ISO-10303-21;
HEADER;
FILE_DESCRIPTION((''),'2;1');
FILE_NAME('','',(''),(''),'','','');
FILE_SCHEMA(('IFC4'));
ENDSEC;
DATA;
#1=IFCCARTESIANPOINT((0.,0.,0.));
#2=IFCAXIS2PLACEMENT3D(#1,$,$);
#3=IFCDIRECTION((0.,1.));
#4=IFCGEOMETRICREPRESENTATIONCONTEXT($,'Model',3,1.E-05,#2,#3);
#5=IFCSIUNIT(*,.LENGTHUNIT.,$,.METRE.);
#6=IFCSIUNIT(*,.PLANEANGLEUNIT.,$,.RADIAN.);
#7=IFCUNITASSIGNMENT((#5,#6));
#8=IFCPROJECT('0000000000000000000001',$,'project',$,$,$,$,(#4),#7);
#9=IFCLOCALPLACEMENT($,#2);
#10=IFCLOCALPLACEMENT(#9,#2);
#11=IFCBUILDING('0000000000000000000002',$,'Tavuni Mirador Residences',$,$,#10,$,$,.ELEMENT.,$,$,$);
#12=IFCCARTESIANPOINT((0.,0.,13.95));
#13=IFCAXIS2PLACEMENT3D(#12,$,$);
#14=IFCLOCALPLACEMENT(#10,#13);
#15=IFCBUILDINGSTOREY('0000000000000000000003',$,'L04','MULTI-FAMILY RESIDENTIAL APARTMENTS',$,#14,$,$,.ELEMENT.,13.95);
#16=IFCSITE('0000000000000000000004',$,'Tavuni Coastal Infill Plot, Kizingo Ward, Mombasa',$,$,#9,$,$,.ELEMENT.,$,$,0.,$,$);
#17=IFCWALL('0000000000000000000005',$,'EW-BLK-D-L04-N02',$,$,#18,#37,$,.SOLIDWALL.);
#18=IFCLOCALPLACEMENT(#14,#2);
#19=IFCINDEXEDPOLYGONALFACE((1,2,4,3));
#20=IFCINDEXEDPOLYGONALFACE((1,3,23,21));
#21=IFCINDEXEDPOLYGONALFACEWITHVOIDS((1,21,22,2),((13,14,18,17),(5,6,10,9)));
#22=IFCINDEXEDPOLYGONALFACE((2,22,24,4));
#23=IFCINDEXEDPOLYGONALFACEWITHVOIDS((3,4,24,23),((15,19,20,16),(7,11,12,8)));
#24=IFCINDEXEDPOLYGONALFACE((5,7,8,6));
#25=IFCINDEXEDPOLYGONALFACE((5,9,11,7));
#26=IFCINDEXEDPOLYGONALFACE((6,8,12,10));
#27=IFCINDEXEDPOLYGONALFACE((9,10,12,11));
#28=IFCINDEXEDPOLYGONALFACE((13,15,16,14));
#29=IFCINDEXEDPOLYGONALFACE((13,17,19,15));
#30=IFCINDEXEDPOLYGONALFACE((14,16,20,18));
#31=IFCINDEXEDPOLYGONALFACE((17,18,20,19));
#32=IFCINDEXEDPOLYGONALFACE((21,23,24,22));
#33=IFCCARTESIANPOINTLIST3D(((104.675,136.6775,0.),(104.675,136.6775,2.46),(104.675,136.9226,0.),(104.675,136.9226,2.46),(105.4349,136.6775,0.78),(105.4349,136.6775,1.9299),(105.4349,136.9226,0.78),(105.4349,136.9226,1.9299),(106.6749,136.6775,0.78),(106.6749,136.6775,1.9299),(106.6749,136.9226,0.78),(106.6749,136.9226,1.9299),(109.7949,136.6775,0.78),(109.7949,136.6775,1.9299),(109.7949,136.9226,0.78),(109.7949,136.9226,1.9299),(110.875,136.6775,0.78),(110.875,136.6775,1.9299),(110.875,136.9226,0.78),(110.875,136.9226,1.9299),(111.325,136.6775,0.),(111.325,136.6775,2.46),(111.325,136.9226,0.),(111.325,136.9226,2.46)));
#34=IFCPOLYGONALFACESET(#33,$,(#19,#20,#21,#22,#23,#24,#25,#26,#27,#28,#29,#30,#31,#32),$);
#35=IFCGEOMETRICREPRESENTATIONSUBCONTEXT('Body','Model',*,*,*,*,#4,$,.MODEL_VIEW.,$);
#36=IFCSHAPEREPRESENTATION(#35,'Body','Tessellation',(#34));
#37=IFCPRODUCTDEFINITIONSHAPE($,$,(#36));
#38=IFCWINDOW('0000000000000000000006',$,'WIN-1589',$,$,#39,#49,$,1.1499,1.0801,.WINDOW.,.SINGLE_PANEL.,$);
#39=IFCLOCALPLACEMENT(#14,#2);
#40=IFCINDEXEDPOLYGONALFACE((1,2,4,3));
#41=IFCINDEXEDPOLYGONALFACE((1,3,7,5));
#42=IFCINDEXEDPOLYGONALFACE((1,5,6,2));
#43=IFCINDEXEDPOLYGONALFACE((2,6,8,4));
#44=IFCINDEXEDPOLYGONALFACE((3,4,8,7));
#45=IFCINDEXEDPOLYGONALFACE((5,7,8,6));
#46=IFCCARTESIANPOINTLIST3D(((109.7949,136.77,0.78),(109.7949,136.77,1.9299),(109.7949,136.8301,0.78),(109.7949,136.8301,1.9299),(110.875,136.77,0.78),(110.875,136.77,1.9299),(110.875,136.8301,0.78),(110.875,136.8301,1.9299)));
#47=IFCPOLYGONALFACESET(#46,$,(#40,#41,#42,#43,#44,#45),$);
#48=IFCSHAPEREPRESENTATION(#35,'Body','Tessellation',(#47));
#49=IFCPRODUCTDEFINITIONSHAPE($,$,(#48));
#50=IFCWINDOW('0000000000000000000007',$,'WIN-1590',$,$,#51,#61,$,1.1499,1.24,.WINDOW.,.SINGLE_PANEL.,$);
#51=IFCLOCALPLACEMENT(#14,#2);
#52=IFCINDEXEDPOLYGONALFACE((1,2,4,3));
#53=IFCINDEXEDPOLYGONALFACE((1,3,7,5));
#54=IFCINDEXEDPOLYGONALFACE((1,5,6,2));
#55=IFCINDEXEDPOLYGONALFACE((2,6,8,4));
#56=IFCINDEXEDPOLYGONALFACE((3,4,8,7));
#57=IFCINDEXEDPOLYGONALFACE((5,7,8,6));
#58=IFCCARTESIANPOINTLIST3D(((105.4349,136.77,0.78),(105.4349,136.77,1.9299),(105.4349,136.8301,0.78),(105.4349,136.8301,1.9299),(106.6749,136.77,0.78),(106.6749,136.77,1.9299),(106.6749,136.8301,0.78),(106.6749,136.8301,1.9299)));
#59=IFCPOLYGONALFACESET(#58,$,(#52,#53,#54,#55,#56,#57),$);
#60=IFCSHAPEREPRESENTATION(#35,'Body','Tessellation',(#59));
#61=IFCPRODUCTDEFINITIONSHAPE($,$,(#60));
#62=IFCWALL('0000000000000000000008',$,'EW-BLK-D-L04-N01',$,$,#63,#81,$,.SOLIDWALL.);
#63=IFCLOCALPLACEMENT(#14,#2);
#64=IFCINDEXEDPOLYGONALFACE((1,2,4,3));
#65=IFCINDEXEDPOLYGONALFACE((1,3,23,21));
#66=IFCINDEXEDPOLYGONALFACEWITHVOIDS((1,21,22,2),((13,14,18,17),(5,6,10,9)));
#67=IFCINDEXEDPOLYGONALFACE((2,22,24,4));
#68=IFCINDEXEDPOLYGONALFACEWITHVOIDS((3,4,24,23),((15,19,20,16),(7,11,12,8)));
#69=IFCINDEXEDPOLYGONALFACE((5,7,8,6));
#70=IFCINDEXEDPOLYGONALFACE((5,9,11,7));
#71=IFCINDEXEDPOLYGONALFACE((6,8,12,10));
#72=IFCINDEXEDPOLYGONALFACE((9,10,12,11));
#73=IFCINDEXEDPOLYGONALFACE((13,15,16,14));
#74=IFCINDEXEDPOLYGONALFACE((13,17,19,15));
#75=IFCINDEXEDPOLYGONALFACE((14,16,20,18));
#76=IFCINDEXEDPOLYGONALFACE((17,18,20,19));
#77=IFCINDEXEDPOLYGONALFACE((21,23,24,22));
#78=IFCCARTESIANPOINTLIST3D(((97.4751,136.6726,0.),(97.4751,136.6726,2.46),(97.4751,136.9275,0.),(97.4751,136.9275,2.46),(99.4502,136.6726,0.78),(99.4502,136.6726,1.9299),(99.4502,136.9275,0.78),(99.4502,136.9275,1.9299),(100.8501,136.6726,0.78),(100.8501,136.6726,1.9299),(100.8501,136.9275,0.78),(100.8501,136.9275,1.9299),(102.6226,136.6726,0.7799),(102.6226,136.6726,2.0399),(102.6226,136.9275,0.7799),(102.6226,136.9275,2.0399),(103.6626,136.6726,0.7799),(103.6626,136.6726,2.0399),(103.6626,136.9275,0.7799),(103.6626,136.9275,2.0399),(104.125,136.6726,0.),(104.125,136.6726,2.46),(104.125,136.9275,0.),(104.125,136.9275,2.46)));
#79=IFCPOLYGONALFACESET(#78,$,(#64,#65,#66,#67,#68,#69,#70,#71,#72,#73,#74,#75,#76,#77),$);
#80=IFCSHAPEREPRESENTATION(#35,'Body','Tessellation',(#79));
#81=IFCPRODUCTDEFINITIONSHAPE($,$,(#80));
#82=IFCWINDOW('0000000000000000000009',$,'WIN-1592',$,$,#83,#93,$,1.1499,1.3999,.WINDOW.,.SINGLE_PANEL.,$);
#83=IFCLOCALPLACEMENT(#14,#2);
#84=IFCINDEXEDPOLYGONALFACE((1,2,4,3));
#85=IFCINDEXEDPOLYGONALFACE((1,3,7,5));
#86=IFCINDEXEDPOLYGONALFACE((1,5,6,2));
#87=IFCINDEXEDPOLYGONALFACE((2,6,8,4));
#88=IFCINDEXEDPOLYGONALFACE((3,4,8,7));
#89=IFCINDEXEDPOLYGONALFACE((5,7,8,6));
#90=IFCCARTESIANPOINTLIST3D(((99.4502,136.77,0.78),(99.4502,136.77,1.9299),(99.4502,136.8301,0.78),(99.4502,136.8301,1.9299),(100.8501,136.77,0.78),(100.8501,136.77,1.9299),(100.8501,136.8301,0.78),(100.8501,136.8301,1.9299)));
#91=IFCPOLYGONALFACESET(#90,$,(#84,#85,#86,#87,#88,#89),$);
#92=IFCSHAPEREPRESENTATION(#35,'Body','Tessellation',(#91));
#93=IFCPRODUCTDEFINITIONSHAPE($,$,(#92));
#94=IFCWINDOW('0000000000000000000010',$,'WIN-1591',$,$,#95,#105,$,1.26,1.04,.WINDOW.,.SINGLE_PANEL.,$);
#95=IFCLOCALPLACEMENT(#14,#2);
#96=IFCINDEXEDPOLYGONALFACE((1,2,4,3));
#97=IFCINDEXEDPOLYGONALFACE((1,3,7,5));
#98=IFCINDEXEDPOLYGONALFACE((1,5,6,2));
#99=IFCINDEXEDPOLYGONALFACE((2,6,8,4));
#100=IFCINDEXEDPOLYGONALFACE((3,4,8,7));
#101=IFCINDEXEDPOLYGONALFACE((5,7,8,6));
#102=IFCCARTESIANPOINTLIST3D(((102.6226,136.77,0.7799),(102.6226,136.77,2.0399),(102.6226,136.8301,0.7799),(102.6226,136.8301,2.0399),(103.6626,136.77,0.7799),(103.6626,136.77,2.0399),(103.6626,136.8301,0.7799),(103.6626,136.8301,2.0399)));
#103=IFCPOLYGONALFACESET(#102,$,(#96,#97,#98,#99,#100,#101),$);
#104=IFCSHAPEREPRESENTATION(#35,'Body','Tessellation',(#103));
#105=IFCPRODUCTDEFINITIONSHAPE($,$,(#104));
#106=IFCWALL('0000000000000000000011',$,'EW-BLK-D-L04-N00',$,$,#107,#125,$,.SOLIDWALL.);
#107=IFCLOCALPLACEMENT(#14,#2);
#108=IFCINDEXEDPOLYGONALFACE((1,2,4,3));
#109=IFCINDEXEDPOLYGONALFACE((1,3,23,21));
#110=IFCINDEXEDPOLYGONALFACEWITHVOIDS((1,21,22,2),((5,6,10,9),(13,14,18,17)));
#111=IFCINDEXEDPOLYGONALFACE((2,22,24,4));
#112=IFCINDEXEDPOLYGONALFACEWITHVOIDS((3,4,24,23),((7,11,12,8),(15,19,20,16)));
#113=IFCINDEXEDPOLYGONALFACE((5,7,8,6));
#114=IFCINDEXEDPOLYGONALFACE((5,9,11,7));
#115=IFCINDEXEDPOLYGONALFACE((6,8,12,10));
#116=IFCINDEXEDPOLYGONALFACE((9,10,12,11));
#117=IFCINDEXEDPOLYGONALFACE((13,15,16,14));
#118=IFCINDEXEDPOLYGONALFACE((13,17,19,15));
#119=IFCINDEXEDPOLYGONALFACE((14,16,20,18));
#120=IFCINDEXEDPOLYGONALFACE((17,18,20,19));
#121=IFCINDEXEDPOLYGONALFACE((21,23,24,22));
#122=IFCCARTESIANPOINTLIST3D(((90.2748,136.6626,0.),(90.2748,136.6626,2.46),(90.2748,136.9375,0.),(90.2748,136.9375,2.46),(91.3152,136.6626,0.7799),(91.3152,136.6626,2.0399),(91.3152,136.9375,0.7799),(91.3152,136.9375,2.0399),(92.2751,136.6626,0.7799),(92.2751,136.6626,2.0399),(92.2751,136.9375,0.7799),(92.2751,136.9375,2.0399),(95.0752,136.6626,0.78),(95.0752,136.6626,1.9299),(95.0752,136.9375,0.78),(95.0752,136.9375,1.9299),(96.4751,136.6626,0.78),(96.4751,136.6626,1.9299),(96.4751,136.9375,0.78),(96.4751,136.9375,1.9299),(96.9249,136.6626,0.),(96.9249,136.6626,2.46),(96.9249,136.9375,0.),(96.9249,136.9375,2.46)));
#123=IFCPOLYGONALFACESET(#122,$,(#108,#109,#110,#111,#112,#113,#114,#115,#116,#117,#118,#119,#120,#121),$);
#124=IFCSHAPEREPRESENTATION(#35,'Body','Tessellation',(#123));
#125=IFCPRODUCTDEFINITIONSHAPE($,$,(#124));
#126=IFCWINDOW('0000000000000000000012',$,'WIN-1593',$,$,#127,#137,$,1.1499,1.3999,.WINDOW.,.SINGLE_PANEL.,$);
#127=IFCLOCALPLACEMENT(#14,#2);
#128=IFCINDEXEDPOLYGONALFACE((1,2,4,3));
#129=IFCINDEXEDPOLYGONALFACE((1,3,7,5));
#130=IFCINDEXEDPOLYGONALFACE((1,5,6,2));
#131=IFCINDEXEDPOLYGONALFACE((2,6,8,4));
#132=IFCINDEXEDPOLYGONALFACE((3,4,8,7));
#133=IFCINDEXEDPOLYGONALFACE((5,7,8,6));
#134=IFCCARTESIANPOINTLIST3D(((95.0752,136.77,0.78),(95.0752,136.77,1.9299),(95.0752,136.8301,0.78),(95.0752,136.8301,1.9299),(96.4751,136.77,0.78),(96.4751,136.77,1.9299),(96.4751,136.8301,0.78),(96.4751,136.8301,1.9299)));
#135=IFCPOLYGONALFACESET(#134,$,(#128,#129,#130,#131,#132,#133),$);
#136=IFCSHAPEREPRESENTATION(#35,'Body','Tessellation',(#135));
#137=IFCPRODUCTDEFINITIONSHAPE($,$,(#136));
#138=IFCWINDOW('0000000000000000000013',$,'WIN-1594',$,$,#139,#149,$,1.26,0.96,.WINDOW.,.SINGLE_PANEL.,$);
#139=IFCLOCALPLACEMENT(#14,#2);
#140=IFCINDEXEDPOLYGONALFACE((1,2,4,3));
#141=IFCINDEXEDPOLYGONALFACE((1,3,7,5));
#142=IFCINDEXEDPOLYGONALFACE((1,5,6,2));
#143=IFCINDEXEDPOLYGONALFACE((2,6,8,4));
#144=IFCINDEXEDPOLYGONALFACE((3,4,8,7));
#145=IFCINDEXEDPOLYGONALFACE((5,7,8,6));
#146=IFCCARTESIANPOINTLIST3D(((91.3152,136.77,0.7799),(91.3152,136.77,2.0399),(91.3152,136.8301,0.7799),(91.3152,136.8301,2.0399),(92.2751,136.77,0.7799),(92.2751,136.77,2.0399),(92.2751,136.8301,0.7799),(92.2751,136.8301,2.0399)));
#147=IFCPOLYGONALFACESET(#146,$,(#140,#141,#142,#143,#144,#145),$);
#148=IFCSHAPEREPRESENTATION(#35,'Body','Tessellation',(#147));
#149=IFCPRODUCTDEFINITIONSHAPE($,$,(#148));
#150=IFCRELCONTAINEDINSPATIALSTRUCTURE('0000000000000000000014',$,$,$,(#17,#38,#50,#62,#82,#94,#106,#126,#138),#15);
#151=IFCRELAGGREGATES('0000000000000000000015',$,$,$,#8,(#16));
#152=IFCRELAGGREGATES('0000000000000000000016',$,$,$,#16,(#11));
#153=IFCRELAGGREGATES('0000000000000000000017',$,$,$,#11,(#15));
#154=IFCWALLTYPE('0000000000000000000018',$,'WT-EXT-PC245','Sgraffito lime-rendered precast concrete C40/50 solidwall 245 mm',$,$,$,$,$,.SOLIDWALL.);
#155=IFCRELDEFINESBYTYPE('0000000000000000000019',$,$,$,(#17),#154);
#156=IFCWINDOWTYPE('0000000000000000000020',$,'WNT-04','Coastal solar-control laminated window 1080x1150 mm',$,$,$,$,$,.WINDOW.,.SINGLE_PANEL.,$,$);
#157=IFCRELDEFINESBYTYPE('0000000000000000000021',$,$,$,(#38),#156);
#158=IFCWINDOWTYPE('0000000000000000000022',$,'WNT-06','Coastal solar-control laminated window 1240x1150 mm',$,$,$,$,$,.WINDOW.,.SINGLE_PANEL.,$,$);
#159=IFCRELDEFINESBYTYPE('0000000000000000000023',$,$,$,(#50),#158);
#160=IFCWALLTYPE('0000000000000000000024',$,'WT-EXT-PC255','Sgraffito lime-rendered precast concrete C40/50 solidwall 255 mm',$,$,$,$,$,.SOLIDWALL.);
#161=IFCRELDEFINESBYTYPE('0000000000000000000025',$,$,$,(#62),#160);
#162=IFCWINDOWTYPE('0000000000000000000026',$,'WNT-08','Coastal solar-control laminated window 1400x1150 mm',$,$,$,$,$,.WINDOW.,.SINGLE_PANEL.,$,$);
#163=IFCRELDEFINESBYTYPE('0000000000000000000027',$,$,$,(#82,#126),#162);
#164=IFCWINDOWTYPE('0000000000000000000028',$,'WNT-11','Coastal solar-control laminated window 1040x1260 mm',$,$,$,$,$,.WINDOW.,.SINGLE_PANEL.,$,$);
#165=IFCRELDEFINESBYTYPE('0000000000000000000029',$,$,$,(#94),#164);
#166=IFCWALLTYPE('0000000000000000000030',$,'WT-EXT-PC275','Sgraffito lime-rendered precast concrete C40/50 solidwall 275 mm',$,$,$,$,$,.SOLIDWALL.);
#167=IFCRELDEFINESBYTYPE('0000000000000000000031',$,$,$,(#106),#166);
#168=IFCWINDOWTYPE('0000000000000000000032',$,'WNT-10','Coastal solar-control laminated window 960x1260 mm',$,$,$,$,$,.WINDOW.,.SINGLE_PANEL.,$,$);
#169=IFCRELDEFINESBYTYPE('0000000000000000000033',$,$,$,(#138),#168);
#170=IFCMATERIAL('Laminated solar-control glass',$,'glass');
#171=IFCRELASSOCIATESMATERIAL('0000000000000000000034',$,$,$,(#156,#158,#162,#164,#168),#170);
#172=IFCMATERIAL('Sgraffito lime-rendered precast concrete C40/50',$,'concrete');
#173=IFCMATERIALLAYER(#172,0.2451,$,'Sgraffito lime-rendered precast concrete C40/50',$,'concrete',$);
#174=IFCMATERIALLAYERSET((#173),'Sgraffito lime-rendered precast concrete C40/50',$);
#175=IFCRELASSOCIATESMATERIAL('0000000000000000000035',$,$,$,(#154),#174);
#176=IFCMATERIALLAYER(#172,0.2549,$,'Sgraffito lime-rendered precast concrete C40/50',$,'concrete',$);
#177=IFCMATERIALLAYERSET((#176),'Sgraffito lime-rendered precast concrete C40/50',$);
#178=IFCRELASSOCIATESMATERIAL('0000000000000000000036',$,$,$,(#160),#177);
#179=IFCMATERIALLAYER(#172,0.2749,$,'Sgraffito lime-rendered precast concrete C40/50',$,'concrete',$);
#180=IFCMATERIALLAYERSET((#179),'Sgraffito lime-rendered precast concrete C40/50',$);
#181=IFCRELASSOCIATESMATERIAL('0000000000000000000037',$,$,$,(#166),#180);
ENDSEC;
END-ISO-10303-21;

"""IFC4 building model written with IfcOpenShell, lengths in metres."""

from ifc_helpers import new_model, si_unit, direction, frame, frame_2d, origin, place, context, subcontext, project, spatial, rectangle, extrude, material, layer, layer_set, type_object, element, fill, save


model = new_model("IFC4")

# Units and contexts
model_context = context("Model", 3, precision=1e-05, world=origin(), true_north=direction((0.0, 1.0)))
body_context = subcontext(model_context, "Body", "Model", "MODEL_VIEW")
ifc_project = project(units=[si_unit("LENGTHUNIT", "METRE"), si_unit("PLANEANGLEUNIT", "RADIAN")], contexts=[model_context])

# Site, building, storey
site_placement = place(None, origin())
site = spatial("IfcSite", under=ifc_project, at=site_placement, Name="Tavuni Coastal Infill Plot, Kizingo Ward, Mombasa", CompositionType="ELEMENT", RefElevation=0.0)
building_placement = place(site_placement, origin())
building = spatial("IfcBuilding", under=site, at=building_placement, Name="Tavuni Mirador Residences", CompositionType="ELEMENT")
storey_placement = place(building_placement, frame((0.0, 0.0, 13.95)))
storey = spatial("IfcBuildingStorey", under=building, at=storey_placement, Name="L04", Description="MULTI-FAMILY RESIDENTIAL APARTMENTS", CompositionType="ELEMENT", Elevation=13.95)

# Walls, openings, windows
ifc_material_1 = material(Name="Laminated solar-control glass", Category="glass")
window_type_1 = type_object("IfcWindowType", Name="WNT-04", Description="Coastal solar-control laminated window 1080x1150 mm", PartitioningType="SINGLE_PANEL", PredefinedType="WINDOW", material=ifc_material_1)
ifc_material_2 = material(Name="Sgraffito lime-rendered precast concrete C40/50", Category="concrete")
ifc_layer_1 = layer(ifc_material_2, 0.2451, Name="Sgraffito lime-rendered precast concrete C40/50", Category="concrete")
ifc_layer_set_1 = layer_set([ifc_layer_1], Name="Sgraffito lime-rendered precast concrete C40/50")
wall_type_1 = type_object("IfcWallType", Name="WT-EXT-PC245", Description="Sgraffito lime-rendered precast concrete C40/50 solidwall 245 mm", PredefinedType="SOLIDWALL", material=ifc_layer_set_1)
wall_1_placement = place(storey_placement, frame((111.325, 136.8, 0.0), z_axis=(0.0, 0.0, 1.0), x_axis=(-1.0, 0.0, 0.0)))
wall_1 = element("IfcWall", 1, at=wall_1_placement, inside=storey, type_object=wall_type_1, Name="EW-BLK-D-L04-N02", PredefinedType="SOLIDWALL", context=body_context, shape_type="SweptSolid", body=[
    extrude(rectangle(XDim=6.6499, YDim=0.2451, at=frame_2d((3.325, 0.0))), origin(), (0.0, 0.0, 1.0), 2.46),
])
opening_1_placement = place(wall_1_placement, frame((0.45, 0.0, 0.78)))
opening_1 = element("IfcOpeningElement", 2, at=opening_1_placement, cuts=wall_1, PredefinedType="OPENING", context=body_context, shape_type="SweptSolid", body=[
    extrude(rectangle(XDim=1.0801, YDim=1.1499, at=frame_2d((0.54, 0.575))), frame((0.0, 0.1326, 0.0), z_axis=(0.0, -1.0, 0.0), x_axis=(1.0, 0.0, 0.0)), (0.0, 0.0, 1.0), 0.2651),
])
opening_2_placement = place(wall_1_placement, frame((4.6499, 0.0, 0.78)))
opening_2 = element("IfcOpeningElement", 3, at=opening_2_placement, cuts=wall_1, PredefinedType="OPENING", context=body_context, shape_type="SweptSolid", body=[
    extrude(rectangle(XDim=1.24, YDim=1.1499, at=frame_2d((0.6201, 0.575))), frame((0.0, 0.1326, 0.0), z_axis=(0.0, -1.0, 0.0), x_axis=(1.0, 0.0, 0.0)), (0.0, 0.0, 1.0), 0.2651),
])
window_1_placement = place(opening_1_placement, origin())
window_1 = element("IfcWindow", 4, at=window_1_placement, inside=storey, type_object=window_type_1, Name="WIN-1589", OverallHeight=1.1499, OverallWidth=1.0801, PartitioningType="SINGLE_PANEL", PredefinedType="WINDOW", context=body_context, shape_type="SweptSolid", body=[
    extrude(rectangle(XDim=1.0801, YDim=1.1499, at=frame_2d((0.54, 0.575))), frame((0.0, 0.03, 0.0), z_axis=(0.0, -1.0, 0.0), x_axis=(1.0, 0.0, 0.0)), (0.0, 0.0, 1.0), 0.0601),
])
fill(opening_1, window_1)
window_type_2 = type_object("IfcWindowType", Name="WNT-06", Description="Coastal solar-control laminated window 1240x1150 mm", PartitioningType="SINGLE_PANEL", PredefinedType="WINDOW", material=ifc_material_1)
window_2_placement = place(opening_2_placement, origin())
window_2 = element("IfcWindow", 5, at=window_2_placement, inside=storey, type_object=window_type_2, Name="WIN-1590", OverallHeight=1.1499, OverallWidth=1.24, PartitioningType="SINGLE_PANEL", PredefinedType="WINDOW", context=body_context, shape_type="SweptSolid", body=[
    extrude(rectangle(XDim=1.24, YDim=1.1499, at=frame_2d((0.6201, 0.575))), frame((0.0, 0.03, 0.0), z_axis=(0.0, -1.0, 0.0), x_axis=(1.0, 0.0, 0.0)), (0.0, 0.0, 1.0), 0.0601),
])
fill(opening_2, window_2)
ifc_layer_2 = layer(ifc_material_2, 0.2549, Name="Sgraffito lime-rendered precast concrete C40/50", Category="concrete")
ifc_layer_set_2 = layer_set([ifc_layer_2], Name="Sgraffito lime-rendered precast concrete C40/50")
wall_type_2 = type_object("IfcWallType", Name="WT-EXT-PC255", Description="Sgraffito lime-rendered precast concrete C40/50 solidwall 255 mm", PredefinedType="SOLIDWALL", material=ifc_layer_set_2)
wall_2_placement = place(storey_placement, frame((104.125, 136.8, 0.0), z_axis=(0.0, 0.0, 1.0), x_axis=(-1.0, 0.0, 0.0)))
wall_2 = element("IfcWall", 6, at=wall_2_placement, inside=storey, type_object=wall_type_2, Name="EW-BLK-D-L04-N01", PredefinedType="SOLIDWALL", context=body_context, shape_type="SweptSolid", body=[
    extrude(rectangle(XDim=6.6499, YDim=0.2549, at=frame_2d((3.325, 0.0))), origin(), (0.0, 0.0, 1.0), 2.46),
])
opening_3_placement = place(wall_2_placement, frame((0.4624, 0.0, 0.78)))
opening_3 = element("IfcOpeningElement", 7, at=opening_3_placement, cuts=wall_2, PredefinedType="OPENING", context=body_context, shape_type="SweptSolid", body=[
    extrude(rectangle(XDim=1.04, YDim=1.26, at=frame_2d((0.52, 0.6299))), frame((0.0, 0.1375, 0.0), z_axis=(0.0, -1.0, 0.0), x_axis=(1.0, 0.0, 0.0)), (0.0, 0.0, 1.0), 0.2749),
])
opening_4_placement = place(wall_2_placement, frame((3.2749, 0.0, 0.78)))
opening_4 = element("IfcOpeningElement", 8, at=opening_4_placement, cuts=wall_2, PredefinedType="OPENING", context=body_context, shape_type="SweptSolid", body=[
    extrude(rectangle(XDim=1.3999, YDim=1.1499, at=frame_2d((0.7, 0.575))), frame((0.0, 0.1375, 0.0), z_axis=(0.0, -1.0, 0.0), x_axis=(1.0, 0.0, 0.0)), (0.0, 0.0, 1.0), 0.2749),
])
window_type_3 = type_object("IfcWindowType", Name="WNT-08", Description="Coastal solar-control laminated window 1400x1150 mm", PartitioningType="SINGLE_PANEL", PredefinedType="WINDOW", material=ifc_material_1)
window_3_placement = place(opening_4_placement, origin())
window_3 = element("IfcWindow", 9, at=window_3_placement, inside=storey, type_object=window_type_3, Name="WIN-1592", OverallHeight=1.1499, OverallWidth=1.3999, PartitioningType="SINGLE_PANEL", PredefinedType="WINDOW", context=body_context, shape_type="SweptSolid", body=[
    extrude(rectangle(XDim=1.3999, YDim=1.1499, at=frame_2d((0.7, 0.575))), frame((0.0, 0.03, 0.0), z_axis=(0.0, -1.0, 0.0), x_axis=(1.0, 0.0, 0.0)), (0.0, 0.0, 1.0), 0.0601),
])
fill(opening_4, window_3)
window_type_4 = type_object("IfcWindowType", Name="WNT-11", Description="Coastal solar-control laminated window 1040x1260 mm", PartitioningType="SINGLE_PANEL", PredefinedType="WINDOW", material=ifc_material_1)
window_4_placement = place(opening_3_placement, origin())
window_4 = element("IfcWindow", 10, at=window_4_placement, inside=storey, type_object=window_type_4, Name="WIN-1591", OverallHeight=1.26, OverallWidth=1.04, PartitioningType="SINGLE_PANEL", PredefinedType="WINDOW", context=body_context, shape_type="SweptSolid", body=[
    extrude(rectangle(XDim=1.04, YDim=1.26, at=frame_2d((0.52, 0.6299))), frame((0.0, 0.03, 0.0), z_axis=(0.0, -1.0, 0.0), x_axis=(1.0, 0.0, 0.0)), (0.0, 0.0, 1.0), 0.0601),
])
fill(opening_3, window_4)
ifc_layer_3 = layer(ifc_material_2, 0.2749, Name="Sgraffito lime-rendered precast concrete C40/50", Category="concrete")
ifc_layer_set_3 = layer_set([ifc_layer_3], Name="Sgraffito lime-rendered precast concrete C40/50")
wall_type_3 = type_object("IfcWallType", Name="WT-EXT-PC275", Description="Sgraffito lime-rendered precast concrete C40/50 solidwall 275 mm", PredefinedType="SOLIDWALL", material=ifc_layer_set_3)
wall_3_placement = place(storey_placement, frame((96.925, 136.8, 0.0), z_axis=(0.0, 0.0, 1.0), x_axis=(-1.0, 0.0, 0.0)))
wall_3 = element("IfcWall", 11, at=wall_3_placement, inside=storey, type_object=wall_type_3, Name="EW-BLK-D-L04-N00", PredefinedType="SOLIDWALL", context=body_context, shape_type="SweptSolid", body=[
    extrude(rectangle(XDim=6.6501, YDim=0.2749, at=frame_2d((3.3252, 0.0))), origin(), (0.0, 0.0, 1.0), 2.46),
])
opening_5_placement = place(wall_3_placement, frame((0.45, 0.0, 0.78)))
opening_5 = element("IfcOpeningElement", 12, at=opening_5_placement, cuts=wall_3, PredefinedType="OPENING", context=body_context, shape_type="SweptSolid", body=[
    extrude(rectangle(XDim=1.3999, YDim=1.1499, at=frame_2d((0.7, 0.575))), frame((0.0, 0.1475, 0.0), z_axis=(0.0, -1.0, 0.0), x_axis=(1.0, 0.0, 0.0)), (0.0, 0.0, 1.0), 0.2949),
])
opening_6_placement = place(wall_3_placement, frame((4.6499, 0.0, 0.78)))
opening_6 = element("IfcOpeningElement", 13, at=opening_6_placement, cuts=wall_3, PredefinedType="OPENING", context=body_context, shape_type="SweptSolid", body=[
    extrude(rectangle(XDim=0.96, YDim=1.26, at=frame_2d((0.48, 0.6299))), frame((0.0, 0.1475, 0.0), z_axis=(0.0, -1.0, 0.0), x_axis=(1.0, 0.0, 0.0)), (0.0, 0.0, 1.0), 0.2949),
])
window_5_placement = place(opening_5_placement, origin())
window_5 = element("IfcWindow", 14, at=window_5_placement, inside=storey, type_object=window_type_3, Name="WIN-1593", OverallHeight=1.1499, OverallWidth=1.3999, PartitioningType="SINGLE_PANEL", PredefinedType="WINDOW", context=body_context, shape_type="SweptSolid", body=[
    extrude(rectangle(XDim=1.3999, YDim=1.1499, at=frame_2d((0.7, 0.575))), frame((0.0, 0.03, 0.0), z_axis=(0.0, -1.0, 0.0), x_axis=(1.0, 0.0, 0.0)), (0.0, 0.0, 1.0), 0.0601),
])
fill(opening_5, window_5)
window_type_5 = type_object("IfcWindowType", Name="WNT-10", Description="Coastal solar-control laminated window 960x1260 mm", PartitioningType="SINGLE_PANEL", PredefinedType="WINDOW", material=ifc_material_1)
window_6_placement = place(opening_6_placement, origin())
window_6 = element("IfcWindow", 15, at=window_6_placement, inside=storey, type_object=window_type_5, Name="WIN-1594", OverallHeight=1.26, OverallWidth=0.96, PartitioningType="SINGLE_PANEL", PredefinedType="WINDOW", context=body_context, shape_type="SweptSolid", body=[
    extrude(rectangle(XDim=0.96, YDim=1.26, at=frame_2d((0.48, 0.6299))), frame((0.0, 0.03, 0.0), z_axis=(0.0, -1.0, 0.0), x_axis=(1.0, 0.0, 0.0)), (0.0, 0.0, 1.0), 0.0601),
])
fill(opening_6, window_6)

save(model, "model.ifc")
